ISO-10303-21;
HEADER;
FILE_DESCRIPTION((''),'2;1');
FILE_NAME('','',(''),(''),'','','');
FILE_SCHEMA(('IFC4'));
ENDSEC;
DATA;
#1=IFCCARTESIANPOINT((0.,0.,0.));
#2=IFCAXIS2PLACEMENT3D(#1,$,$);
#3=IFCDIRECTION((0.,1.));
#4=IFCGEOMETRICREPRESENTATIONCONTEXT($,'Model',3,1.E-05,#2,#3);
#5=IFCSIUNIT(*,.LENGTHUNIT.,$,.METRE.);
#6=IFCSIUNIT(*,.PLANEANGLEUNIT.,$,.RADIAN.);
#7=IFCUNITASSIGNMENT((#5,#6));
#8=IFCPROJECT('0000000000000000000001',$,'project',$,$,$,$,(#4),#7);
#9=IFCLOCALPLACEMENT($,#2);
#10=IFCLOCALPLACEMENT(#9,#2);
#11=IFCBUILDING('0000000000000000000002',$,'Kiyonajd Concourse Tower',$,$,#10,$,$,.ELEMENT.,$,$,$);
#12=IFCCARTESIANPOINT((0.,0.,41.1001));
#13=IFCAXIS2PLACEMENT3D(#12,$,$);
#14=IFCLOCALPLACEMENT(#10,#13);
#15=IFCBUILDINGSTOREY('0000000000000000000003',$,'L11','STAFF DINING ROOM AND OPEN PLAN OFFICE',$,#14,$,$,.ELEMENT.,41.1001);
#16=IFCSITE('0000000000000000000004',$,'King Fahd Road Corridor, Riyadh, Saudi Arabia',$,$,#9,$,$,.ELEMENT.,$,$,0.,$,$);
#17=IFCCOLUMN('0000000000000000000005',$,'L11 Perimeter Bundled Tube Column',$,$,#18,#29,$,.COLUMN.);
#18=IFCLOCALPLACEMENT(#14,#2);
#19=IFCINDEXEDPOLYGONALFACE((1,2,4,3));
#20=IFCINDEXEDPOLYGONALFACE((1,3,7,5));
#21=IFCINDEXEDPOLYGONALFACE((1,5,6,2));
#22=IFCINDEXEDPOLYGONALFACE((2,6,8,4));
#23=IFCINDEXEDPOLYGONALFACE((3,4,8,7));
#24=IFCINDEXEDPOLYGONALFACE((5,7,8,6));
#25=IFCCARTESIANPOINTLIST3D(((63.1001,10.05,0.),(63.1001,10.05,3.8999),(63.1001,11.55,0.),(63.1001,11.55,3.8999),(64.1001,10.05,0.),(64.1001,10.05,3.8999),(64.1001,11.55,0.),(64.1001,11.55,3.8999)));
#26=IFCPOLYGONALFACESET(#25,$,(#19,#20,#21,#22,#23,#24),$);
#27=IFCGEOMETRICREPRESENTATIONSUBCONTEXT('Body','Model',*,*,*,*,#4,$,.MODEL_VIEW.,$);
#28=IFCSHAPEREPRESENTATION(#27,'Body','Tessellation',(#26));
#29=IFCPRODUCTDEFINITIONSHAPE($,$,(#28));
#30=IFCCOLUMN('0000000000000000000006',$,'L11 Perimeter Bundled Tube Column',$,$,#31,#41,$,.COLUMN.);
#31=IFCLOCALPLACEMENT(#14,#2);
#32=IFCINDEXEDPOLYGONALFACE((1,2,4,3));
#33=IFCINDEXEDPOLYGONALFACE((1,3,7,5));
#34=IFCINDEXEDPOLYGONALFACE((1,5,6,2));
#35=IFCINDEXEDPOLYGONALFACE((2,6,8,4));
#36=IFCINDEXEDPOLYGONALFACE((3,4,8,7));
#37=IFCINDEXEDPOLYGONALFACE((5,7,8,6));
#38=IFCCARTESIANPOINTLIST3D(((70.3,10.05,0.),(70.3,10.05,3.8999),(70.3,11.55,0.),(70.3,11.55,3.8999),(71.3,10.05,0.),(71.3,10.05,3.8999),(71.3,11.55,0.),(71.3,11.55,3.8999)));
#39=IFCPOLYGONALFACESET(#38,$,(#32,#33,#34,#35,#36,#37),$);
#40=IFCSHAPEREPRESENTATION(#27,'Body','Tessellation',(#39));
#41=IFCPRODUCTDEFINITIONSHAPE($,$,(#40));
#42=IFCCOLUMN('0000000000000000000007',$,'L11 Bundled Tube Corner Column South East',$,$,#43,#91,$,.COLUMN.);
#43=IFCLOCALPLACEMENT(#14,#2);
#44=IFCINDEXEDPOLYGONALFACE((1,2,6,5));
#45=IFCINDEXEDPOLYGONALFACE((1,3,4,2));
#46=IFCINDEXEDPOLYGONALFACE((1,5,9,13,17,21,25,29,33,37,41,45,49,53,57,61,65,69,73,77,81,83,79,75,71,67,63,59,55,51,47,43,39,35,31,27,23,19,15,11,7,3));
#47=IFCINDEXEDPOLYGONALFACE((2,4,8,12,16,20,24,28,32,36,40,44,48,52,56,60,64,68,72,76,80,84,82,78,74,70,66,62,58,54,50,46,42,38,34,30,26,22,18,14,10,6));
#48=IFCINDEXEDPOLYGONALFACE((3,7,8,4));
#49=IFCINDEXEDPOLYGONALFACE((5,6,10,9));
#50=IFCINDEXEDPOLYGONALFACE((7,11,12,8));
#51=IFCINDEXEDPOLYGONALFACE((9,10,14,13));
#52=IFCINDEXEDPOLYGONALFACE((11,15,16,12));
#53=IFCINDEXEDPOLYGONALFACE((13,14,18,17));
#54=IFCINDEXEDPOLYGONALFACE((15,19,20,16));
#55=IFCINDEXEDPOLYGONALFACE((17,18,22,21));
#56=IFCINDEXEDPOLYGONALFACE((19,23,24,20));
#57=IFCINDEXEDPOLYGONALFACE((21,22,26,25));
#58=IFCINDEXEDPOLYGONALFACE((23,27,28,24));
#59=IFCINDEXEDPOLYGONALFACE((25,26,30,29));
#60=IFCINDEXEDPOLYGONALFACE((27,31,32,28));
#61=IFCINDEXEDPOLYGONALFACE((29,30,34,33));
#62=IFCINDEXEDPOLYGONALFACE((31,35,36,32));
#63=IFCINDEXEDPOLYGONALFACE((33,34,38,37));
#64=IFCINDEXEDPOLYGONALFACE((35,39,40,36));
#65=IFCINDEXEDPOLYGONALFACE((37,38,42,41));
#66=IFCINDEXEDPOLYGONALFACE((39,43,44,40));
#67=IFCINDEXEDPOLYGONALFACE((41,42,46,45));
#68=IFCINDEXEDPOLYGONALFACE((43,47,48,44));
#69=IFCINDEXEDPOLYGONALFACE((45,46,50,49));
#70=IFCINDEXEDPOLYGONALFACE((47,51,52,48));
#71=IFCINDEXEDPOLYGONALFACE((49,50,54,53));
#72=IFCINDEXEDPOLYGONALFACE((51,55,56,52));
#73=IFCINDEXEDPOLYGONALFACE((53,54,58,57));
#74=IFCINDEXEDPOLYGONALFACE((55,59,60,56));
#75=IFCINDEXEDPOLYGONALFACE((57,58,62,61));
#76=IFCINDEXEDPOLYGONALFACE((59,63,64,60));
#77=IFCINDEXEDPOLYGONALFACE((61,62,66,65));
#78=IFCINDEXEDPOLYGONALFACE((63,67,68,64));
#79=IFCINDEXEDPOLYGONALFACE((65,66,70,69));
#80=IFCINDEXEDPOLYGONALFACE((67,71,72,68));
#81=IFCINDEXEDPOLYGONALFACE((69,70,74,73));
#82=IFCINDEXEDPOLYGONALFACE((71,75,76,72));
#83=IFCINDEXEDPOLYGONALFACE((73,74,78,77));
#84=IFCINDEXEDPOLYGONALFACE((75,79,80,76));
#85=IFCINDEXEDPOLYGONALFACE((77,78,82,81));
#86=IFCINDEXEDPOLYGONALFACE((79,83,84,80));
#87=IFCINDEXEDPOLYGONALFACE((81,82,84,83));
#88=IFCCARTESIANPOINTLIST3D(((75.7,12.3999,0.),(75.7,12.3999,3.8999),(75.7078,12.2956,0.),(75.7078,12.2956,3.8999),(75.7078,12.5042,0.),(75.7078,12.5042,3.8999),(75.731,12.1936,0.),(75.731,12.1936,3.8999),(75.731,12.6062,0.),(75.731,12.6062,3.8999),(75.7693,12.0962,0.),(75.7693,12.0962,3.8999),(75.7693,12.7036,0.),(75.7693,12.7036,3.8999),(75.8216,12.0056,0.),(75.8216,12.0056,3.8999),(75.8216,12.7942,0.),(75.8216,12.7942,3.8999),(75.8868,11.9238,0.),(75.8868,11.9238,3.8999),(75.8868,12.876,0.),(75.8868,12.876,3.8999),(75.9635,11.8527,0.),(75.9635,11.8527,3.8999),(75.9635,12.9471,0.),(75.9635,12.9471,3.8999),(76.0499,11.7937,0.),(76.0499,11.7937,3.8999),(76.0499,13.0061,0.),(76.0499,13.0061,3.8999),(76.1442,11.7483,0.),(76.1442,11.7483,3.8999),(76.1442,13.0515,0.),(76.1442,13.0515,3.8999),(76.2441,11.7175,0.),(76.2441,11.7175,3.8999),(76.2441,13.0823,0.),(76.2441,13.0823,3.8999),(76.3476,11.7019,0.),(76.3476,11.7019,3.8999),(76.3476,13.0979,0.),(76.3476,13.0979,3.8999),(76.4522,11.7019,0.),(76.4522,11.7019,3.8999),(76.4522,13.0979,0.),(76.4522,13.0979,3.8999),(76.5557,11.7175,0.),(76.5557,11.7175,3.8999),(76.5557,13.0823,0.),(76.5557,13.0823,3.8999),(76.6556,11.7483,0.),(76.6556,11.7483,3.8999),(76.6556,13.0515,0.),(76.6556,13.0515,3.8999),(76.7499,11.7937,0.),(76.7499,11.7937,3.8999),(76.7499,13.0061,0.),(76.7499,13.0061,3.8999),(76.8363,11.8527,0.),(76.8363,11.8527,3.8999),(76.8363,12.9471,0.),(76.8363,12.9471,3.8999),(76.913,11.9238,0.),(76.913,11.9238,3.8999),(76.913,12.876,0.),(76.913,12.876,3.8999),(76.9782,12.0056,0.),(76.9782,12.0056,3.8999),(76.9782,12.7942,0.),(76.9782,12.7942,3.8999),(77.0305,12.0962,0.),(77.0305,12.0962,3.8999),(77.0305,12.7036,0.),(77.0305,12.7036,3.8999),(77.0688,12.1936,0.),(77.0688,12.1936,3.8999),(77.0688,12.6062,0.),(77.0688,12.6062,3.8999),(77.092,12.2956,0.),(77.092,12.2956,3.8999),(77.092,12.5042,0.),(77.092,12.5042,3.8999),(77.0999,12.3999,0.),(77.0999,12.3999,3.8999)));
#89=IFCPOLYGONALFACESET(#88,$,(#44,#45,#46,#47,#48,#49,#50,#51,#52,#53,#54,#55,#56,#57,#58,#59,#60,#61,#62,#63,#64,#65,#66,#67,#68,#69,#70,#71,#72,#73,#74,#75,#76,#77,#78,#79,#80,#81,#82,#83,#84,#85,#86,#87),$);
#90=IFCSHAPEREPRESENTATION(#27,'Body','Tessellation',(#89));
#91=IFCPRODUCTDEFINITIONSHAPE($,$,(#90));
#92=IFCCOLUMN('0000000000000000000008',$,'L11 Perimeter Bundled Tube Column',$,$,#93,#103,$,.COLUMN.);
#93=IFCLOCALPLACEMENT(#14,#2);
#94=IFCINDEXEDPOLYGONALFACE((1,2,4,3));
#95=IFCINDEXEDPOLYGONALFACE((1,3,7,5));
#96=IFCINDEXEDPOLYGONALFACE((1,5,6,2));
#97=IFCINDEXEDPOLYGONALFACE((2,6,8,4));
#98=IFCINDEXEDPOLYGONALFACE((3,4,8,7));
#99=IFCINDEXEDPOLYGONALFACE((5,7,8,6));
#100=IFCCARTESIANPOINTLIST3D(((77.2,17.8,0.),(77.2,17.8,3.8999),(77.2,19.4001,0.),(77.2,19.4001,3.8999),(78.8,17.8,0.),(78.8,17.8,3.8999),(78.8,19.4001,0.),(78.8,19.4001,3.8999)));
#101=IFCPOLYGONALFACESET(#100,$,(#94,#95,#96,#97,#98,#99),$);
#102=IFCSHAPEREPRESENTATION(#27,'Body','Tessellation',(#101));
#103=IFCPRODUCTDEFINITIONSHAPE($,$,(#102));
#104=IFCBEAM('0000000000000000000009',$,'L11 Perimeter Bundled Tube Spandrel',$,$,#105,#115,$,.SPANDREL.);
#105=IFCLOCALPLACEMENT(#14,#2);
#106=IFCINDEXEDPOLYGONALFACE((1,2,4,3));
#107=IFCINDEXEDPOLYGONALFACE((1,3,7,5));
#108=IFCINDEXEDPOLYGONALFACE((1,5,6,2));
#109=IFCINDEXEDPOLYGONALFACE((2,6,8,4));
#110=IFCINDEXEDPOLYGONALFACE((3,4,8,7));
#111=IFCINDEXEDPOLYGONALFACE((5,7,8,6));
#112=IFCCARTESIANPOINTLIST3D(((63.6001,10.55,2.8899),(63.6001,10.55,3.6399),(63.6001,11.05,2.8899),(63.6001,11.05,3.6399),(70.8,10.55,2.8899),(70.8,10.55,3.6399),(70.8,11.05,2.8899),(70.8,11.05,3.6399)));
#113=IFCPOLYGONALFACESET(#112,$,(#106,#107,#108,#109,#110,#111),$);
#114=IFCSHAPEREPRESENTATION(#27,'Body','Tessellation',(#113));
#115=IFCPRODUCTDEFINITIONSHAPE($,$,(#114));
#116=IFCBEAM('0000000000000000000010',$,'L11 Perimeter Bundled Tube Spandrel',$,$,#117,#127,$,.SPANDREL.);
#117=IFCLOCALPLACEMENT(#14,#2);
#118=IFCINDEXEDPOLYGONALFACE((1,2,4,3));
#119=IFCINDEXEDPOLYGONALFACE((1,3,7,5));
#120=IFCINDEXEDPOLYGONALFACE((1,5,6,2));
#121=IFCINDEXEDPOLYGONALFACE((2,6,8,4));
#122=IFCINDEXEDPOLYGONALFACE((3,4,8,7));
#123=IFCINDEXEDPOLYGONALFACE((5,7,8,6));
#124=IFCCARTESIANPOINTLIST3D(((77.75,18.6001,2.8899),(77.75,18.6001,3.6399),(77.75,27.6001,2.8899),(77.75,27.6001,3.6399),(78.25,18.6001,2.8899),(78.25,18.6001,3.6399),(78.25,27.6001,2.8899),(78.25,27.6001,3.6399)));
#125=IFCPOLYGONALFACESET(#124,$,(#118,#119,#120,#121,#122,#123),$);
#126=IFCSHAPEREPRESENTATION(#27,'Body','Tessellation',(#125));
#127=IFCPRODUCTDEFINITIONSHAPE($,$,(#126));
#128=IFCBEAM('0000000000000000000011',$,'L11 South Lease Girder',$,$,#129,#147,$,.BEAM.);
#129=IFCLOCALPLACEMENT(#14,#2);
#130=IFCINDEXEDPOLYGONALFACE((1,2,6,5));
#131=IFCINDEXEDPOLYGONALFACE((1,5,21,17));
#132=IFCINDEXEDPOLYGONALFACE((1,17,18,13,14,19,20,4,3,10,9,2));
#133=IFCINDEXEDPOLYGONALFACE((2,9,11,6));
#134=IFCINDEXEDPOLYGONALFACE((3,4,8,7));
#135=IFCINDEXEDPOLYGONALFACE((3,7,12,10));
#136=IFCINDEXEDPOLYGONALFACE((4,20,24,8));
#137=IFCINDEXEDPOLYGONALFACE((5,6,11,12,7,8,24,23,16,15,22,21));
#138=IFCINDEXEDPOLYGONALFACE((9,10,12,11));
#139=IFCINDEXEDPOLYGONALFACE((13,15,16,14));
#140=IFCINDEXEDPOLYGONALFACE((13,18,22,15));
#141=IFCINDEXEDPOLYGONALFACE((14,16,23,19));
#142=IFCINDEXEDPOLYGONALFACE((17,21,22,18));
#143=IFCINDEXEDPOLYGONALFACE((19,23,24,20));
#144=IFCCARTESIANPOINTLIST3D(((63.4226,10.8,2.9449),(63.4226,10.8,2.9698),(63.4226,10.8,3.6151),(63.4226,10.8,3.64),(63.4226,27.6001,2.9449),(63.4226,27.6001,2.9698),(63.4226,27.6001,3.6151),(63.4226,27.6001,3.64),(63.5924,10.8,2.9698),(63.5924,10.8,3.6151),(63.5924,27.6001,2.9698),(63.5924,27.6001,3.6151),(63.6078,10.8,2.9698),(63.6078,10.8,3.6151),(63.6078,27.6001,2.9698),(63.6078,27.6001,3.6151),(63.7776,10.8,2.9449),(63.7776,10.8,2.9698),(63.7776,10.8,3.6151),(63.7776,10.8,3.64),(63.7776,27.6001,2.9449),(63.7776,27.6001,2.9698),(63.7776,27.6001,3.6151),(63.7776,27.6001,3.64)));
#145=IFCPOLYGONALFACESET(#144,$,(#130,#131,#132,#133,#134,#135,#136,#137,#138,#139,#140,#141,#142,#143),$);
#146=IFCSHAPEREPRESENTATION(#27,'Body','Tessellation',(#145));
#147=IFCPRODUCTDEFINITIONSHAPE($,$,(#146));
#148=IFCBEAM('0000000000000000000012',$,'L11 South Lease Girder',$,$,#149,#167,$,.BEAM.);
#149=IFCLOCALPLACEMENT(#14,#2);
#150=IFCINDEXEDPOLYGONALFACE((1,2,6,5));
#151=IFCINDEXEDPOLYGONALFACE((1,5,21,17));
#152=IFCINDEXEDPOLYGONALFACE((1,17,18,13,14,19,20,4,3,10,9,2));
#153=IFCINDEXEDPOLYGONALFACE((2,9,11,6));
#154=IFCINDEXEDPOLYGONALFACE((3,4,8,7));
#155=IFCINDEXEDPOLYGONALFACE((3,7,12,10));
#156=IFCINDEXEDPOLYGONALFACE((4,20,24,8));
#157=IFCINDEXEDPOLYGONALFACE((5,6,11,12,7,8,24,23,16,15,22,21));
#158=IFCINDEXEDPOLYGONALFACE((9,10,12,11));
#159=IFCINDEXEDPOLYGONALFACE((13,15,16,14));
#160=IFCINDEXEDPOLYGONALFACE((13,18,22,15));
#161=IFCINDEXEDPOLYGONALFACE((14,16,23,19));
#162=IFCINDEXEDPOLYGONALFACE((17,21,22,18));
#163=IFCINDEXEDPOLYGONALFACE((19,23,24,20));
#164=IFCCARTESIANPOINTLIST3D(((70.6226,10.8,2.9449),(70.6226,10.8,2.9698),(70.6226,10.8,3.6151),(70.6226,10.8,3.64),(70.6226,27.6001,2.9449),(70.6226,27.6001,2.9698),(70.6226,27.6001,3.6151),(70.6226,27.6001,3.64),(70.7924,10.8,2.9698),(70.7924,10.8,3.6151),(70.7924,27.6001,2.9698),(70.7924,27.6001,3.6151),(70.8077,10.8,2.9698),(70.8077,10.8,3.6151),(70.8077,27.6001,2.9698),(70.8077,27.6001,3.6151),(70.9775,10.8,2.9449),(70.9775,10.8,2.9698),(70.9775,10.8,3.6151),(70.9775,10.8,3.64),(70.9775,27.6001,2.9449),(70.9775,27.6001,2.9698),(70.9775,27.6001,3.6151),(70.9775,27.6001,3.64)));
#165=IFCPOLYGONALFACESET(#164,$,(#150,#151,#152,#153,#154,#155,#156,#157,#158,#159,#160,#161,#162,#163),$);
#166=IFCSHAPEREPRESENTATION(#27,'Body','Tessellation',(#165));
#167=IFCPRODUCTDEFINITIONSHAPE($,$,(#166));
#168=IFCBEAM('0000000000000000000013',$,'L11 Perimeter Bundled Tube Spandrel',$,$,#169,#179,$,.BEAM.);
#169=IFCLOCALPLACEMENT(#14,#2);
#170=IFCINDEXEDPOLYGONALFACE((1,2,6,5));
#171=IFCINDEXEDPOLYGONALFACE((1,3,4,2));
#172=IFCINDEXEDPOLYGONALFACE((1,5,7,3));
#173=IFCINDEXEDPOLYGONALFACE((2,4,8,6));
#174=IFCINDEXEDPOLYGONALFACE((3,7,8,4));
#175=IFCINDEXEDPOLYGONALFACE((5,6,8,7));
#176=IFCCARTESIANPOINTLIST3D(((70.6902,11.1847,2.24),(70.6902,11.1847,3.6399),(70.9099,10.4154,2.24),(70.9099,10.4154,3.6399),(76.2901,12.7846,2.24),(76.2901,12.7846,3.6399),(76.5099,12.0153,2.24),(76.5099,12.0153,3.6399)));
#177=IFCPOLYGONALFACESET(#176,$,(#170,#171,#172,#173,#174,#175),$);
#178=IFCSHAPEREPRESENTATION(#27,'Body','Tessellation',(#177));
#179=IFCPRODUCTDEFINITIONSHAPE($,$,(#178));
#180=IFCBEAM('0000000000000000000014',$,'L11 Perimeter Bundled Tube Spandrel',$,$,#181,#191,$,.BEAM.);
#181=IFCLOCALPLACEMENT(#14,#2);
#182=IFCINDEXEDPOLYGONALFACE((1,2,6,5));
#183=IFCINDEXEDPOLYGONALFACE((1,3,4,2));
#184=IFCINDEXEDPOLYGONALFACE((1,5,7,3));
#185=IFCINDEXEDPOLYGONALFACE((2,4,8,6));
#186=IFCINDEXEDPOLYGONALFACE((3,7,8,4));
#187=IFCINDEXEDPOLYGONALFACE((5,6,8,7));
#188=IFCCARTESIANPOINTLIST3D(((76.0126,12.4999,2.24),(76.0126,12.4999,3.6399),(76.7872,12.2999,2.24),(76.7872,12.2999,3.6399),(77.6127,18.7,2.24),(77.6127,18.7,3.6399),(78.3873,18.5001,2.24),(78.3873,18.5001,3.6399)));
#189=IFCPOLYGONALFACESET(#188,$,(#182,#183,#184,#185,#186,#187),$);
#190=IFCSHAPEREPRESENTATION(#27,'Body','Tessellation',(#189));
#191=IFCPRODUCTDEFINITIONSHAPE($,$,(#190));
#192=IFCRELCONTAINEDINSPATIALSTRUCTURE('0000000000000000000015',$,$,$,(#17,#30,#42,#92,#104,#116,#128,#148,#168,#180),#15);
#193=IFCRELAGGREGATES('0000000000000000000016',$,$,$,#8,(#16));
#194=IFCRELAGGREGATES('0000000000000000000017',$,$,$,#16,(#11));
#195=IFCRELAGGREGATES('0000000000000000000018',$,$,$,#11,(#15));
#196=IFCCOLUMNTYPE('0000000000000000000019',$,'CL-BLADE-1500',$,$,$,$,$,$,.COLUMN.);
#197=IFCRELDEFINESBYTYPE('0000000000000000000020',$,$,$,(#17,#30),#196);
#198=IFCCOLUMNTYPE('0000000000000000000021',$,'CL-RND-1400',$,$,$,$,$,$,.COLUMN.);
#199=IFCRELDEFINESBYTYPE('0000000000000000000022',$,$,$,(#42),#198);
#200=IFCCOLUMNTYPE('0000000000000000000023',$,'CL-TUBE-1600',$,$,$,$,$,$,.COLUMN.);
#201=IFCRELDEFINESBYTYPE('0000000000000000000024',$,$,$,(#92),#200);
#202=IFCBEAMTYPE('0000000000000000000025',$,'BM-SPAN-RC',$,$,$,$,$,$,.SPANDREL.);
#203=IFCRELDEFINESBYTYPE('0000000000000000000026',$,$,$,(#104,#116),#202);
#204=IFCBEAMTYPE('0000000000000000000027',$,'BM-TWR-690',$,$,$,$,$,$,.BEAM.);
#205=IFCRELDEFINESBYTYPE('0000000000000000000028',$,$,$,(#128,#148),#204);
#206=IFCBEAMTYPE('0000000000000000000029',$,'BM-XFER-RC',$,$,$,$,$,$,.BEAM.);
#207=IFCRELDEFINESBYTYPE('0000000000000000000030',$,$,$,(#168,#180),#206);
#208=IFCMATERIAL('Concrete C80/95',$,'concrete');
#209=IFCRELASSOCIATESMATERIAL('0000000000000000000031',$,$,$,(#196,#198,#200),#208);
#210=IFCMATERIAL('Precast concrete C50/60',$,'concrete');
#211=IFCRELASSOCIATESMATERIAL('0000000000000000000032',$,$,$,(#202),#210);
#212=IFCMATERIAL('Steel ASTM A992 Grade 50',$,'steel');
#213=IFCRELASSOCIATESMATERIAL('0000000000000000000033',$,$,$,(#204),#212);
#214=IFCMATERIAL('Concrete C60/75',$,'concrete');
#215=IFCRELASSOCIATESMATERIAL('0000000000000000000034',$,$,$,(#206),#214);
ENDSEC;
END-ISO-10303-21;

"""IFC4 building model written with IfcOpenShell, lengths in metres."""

from ifc_helpers import new_model, si_unit, direction, frame, origin, origin_2d, place, context, subcontext, project, spatial, rectangle, circle, i_section, extrude, material, material_profile, profile_set, type_object, element, save


model = new_model("IFC4")

# Units and contexts
model_context = context("Model", 3, precision=1e-05, world=origin(), true_north=direction((0.0, 1.0)))
body_context = subcontext(model_context, "Body", "Model", "MODEL_VIEW")
ifc_project = project(units=[si_unit("LENGTHUNIT", "METRE"), si_unit("PLANEANGLEUNIT", "RADIAN")], contexts=[model_context])

# Site, building, storey
site_placement = place(None, origin())
site = spatial("IfcSite", under=ifc_project, at=site_placement, Name="King Fahd Road Corridor, Riyadh, Saudi Arabia", CompositionType="ELEMENT", RefElevation=0.0)
building_placement = place(site_placement, origin())
building = spatial("IfcBuilding", under=site, at=building_placement, Name="Kiyonajd Concourse Tower", CompositionType="ELEMENT")
storey_placement = place(building_placement, frame((0.0, 0.0, 41.1001)))
storey = spatial("IfcBuildingStorey", under=building, at=storey_placement, Name="L11", Description="STAFF DINING ROOM AND OPEN PLAN OFFICE", CompositionType="ELEMENT", Elevation=41.1001)

# Columns
ifc_material_1 = material(Name="Concrete C80/95", Category="concrete")
ifc_material_profile_1 = material_profile(ifc_material_1, rectangle(XDim=1.0, YDim=1.5, at=origin_2d()), Name="RC-1500x1000")
ifc_profile_set_1 = profile_set([ifc_material_profile_1], Name="Concrete C80/95")
column_type_1 = type_object("IfcColumnType", Name="CL-BLADE-1500", PredefinedType="COLUMN", material=ifc_profile_set_1)
for number, where, z_axis, x_axis, name in (
    (1, (63.6001, 10.8, 0.0), (0.0, 0.0, 1.0), (1.0, 0.0, 0.0), "L11 Perimeter Bundled Tube Column"),
    (2, (70.8, 10.8, 0.0), (0.0, 0.0, 1.0), (1.0, 0.0, 0.0), "L11 Perimeter Bundled Tube Column"),
):
    element("IfcColumn", number, at=place(storey_placement, frame(where, z_axis=z_axis, x_axis=x_axis)), inside=storey, type_object=column_type_1, Name=name, PredefinedType="COLUMN", context=body_context, shape_type="SweptSolid", body=[
        extrude(rectangle(XDim=1.0, YDim=1.5, at=origin_2d()), origin(), (0.0, 0.0, 1.0), 3.8999),
    ])
ifc_material_profile_2 = material_profile(ifc_material_1, circle(Radius=0.7, at=origin_2d()), Name="RCC-D1400")
ifc_profile_set_2 = profile_set([ifc_material_profile_2], Name="Concrete C80/95")
column_type_2 = type_object("IfcColumnType", Name="CL-RND-1400", PredefinedType="COLUMN", material=ifc_profile_set_2)
column_1_placement = place(storey_placement, frame((76.3999, 12.3999, 0.0), z_axis=(0.0, 0.0, 1.0), x_axis=(1.0, 0.0, 0.0)))
element("IfcColumn", 3, at=column_1_placement, inside=storey, type_object=column_type_2, Name="L11 Bundled Tube Corner Column South East", PredefinedType="COLUMN", context=body_context, shape_type="SweptSolid", body=[
    extrude(circle(Radius=0.7, at=origin_2d()), origin(), (0.0, 0.0, 1.0), 3.8999),
])
ifc_material_profile_3 = material_profile(ifc_material_1, rectangle(XDim=1.6001, YDim=1.6001, at=origin_2d()), Name="RC-1600x1600")
ifc_profile_set_3 = profile_set([ifc_material_profile_3], Name="Concrete C80/95")
column_type_3 = type_object("IfcColumnType", Name="CL-TUBE-1600", PredefinedType="COLUMN", material=ifc_profile_set_3)
column_2_placement = place(storey_placement, frame((78.0, 18.6001, 0.0), z_axis=(0.0, 0.0, 1.0), x_axis=(1.0, 0.0, 0.0)))
element("IfcColumn", 4, at=column_2_placement, inside=storey, type_object=column_type_3, Name="L11 Perimeter Bundled Tube Column", PredefinedType="COLUMN", context=body_context, shape_type="SweptSolid", body=[
    extrude(rectangle(XDim=1.6001, YDim=1.6001, at=origin_2d()), origin(), (0.0, 0.0, 1.0), 3.8999),
])

# Beams
ifc_material_2 = material(Name="Precast concrete C50/60", Category="concrete")
ifc_material_profile_4 = material_profile(ifc_material_2, rectangle(XDim=0.5, YDim=0.75, at=origin_2d()), Name="RCBM-500x750")
ifc_profile_set_4 = profile_set([ifc_material_profile_4], Name="Precast concrete C50/60")
beam_type_1 = type_object("IfcBeamType", Name="BM-SPAN-RC", PredefinedType="SPANDREL", material=ifc_profile_set_4)
beam_1_placement = place(storey_placement, frame((63.6001, 10.8, 3.2649), z_axis=(1.0, 0.0, 0.0), x_axis=(0.0, 1.0, 0.0)))
element("IfcBeam", 5, at=beam_1_placement, inside=storey, type_object=beam_type_1, Name="L11 Perimeter Bundled Tube Spandrel", PredefinedType="SPANDREL", context=body_context, shape_type="SweptSolid", body=[
    extrude(rectangle(XDim=0.5, YDim=0.75, at=origin_2d()), origin(), (0.0, 0.0, 1.0), 7.2),
])
beam_2_placement = place(storey_placement, frame((78.0, 18.6001, 3.2649), z_axis=(0.0, 1.0, 0.0), x_axis=(-1.0, 0.0, 0.0)))
element("IfcBeam", 6, at=beam_2_placement, inside=storey, type_object=beam_type_1, Name="L11 Perimeter Bundled Tube Spandrel", PredefinedType="SPANDREL", context=body_context, shape_type="SweptSolid", body=[
    extrude(rectangle(XDim=0.5, YDim=0.75, at=origin_2d()), origin(), (0.0, 0.0, 1.0), 9.0),
])
ifc_material_3 = material(Name="Steel ASTM A992 Grade 50", Category="steel")
ifc_material_profile_5 = material_profile(ifc_material_3, i_section(OverallWidth=0.355, OverallDepth=0.6951, WebThickness=0.0154, FlangeThickness=0.0249, at=origin_2d()), Name="W690X217")
ifc_profile_set_5 = profile_set([ifc_material_profile_5], Name="Steel ASTM A992 Grade 50")
beam_type_2 = type_object("IfcBeamType", Name="BM-TWR-690", PredefinedType="BEAM", material=ifc_profile_set_5)
for number, where, z_axis, x_axis, name in (
    (7, (63.6001, 10.8, 3.2925), (0.0, 1.0, 0.0), (-1.0, 0.0, 0.0), "L11 South Lease Girder"),
    (8, (70.8, 10.8, 3.2925), (0.0, 1.0, 0.0), (-1.0, 0.0, 0.0), "L11 South Lease Girder"),
):
    element("IfcBeam", number, at=place(storey_placement, frame(where, z_axis=z_axis, x_axis=x_axis)), inside=storey, type_object=beam_type_2, Name=name, PredefinedType="BEAM", context=body_context, shape_type="SweptSolid", body=[
        extrude(i_section(OverallWidth=0.355, OverallDepth=0.6951, WebThickness=0.0154, FlangeThickness=0.0249, at=origin_2d()), origin(), (0.0, 0.0, 1.0), 16.8),
    ])
ifc_material_4 = material(Name="Concrete C60/75", Category="concrete")
ifc_material_profile_6 = material_profile(ifc_material_4, rectangle(XDim=0.8, YDim=1.3999, at=origin_2d()), Name="RCBM-800x1400")
ifc_profile_set_6 = profile_set([ifc_material_profile_6], Name="Concrete C60/75")
beam_type_3 = type_object("IfcBeamType", Name="BM-XFER-RC", PredefinedType="BEAM", material=ifc_profile_set_6)
beam_3_placement = place(storey_placement, frame((70.8, 10.8, 2.9399), z_axis=(0.961529, 0.274705, 0.0), x_axis=(-0.274705, 0.961529, 0.0)))
element("IfcBeam", 9, at=beam_3_placement, inside=storey, type_object=beam_type_3, Name="L11 Perimeter Bundled Tube Spandrel", PredefinedType="BEAM", context=body_context, shape_type="SweptSolid", body=[
    extrude(rectangle(XDim=0.8, YDim=1.3999, at=origin_2d()), origin(), (0.0, 0.0, 1.0), 5.824),
])
beam_4_placement = place(storey_placement, frame((76.3999, 12.3999, 2.9399), z_axis=(0.249885, 0.968276, 0.0), x_axis=(-0.968276, 0.249885, 0.0)))
element("IfcBeam", 10, at=beam_4_placement, inside=storey, type_object=beam_type_3, Name="L11 Perimeter Bundled Tube Spandrel", PredefinedType="BEAM", context=body_context, shape_type="SweptSolid", body=[
    extrude(rectangle(XDim=0.8, YDim=1.3999, at=origin_2d()), origin(), (0.0, 0.0, 1.0), 6.4033),
])

save(model, "model.ifc")
